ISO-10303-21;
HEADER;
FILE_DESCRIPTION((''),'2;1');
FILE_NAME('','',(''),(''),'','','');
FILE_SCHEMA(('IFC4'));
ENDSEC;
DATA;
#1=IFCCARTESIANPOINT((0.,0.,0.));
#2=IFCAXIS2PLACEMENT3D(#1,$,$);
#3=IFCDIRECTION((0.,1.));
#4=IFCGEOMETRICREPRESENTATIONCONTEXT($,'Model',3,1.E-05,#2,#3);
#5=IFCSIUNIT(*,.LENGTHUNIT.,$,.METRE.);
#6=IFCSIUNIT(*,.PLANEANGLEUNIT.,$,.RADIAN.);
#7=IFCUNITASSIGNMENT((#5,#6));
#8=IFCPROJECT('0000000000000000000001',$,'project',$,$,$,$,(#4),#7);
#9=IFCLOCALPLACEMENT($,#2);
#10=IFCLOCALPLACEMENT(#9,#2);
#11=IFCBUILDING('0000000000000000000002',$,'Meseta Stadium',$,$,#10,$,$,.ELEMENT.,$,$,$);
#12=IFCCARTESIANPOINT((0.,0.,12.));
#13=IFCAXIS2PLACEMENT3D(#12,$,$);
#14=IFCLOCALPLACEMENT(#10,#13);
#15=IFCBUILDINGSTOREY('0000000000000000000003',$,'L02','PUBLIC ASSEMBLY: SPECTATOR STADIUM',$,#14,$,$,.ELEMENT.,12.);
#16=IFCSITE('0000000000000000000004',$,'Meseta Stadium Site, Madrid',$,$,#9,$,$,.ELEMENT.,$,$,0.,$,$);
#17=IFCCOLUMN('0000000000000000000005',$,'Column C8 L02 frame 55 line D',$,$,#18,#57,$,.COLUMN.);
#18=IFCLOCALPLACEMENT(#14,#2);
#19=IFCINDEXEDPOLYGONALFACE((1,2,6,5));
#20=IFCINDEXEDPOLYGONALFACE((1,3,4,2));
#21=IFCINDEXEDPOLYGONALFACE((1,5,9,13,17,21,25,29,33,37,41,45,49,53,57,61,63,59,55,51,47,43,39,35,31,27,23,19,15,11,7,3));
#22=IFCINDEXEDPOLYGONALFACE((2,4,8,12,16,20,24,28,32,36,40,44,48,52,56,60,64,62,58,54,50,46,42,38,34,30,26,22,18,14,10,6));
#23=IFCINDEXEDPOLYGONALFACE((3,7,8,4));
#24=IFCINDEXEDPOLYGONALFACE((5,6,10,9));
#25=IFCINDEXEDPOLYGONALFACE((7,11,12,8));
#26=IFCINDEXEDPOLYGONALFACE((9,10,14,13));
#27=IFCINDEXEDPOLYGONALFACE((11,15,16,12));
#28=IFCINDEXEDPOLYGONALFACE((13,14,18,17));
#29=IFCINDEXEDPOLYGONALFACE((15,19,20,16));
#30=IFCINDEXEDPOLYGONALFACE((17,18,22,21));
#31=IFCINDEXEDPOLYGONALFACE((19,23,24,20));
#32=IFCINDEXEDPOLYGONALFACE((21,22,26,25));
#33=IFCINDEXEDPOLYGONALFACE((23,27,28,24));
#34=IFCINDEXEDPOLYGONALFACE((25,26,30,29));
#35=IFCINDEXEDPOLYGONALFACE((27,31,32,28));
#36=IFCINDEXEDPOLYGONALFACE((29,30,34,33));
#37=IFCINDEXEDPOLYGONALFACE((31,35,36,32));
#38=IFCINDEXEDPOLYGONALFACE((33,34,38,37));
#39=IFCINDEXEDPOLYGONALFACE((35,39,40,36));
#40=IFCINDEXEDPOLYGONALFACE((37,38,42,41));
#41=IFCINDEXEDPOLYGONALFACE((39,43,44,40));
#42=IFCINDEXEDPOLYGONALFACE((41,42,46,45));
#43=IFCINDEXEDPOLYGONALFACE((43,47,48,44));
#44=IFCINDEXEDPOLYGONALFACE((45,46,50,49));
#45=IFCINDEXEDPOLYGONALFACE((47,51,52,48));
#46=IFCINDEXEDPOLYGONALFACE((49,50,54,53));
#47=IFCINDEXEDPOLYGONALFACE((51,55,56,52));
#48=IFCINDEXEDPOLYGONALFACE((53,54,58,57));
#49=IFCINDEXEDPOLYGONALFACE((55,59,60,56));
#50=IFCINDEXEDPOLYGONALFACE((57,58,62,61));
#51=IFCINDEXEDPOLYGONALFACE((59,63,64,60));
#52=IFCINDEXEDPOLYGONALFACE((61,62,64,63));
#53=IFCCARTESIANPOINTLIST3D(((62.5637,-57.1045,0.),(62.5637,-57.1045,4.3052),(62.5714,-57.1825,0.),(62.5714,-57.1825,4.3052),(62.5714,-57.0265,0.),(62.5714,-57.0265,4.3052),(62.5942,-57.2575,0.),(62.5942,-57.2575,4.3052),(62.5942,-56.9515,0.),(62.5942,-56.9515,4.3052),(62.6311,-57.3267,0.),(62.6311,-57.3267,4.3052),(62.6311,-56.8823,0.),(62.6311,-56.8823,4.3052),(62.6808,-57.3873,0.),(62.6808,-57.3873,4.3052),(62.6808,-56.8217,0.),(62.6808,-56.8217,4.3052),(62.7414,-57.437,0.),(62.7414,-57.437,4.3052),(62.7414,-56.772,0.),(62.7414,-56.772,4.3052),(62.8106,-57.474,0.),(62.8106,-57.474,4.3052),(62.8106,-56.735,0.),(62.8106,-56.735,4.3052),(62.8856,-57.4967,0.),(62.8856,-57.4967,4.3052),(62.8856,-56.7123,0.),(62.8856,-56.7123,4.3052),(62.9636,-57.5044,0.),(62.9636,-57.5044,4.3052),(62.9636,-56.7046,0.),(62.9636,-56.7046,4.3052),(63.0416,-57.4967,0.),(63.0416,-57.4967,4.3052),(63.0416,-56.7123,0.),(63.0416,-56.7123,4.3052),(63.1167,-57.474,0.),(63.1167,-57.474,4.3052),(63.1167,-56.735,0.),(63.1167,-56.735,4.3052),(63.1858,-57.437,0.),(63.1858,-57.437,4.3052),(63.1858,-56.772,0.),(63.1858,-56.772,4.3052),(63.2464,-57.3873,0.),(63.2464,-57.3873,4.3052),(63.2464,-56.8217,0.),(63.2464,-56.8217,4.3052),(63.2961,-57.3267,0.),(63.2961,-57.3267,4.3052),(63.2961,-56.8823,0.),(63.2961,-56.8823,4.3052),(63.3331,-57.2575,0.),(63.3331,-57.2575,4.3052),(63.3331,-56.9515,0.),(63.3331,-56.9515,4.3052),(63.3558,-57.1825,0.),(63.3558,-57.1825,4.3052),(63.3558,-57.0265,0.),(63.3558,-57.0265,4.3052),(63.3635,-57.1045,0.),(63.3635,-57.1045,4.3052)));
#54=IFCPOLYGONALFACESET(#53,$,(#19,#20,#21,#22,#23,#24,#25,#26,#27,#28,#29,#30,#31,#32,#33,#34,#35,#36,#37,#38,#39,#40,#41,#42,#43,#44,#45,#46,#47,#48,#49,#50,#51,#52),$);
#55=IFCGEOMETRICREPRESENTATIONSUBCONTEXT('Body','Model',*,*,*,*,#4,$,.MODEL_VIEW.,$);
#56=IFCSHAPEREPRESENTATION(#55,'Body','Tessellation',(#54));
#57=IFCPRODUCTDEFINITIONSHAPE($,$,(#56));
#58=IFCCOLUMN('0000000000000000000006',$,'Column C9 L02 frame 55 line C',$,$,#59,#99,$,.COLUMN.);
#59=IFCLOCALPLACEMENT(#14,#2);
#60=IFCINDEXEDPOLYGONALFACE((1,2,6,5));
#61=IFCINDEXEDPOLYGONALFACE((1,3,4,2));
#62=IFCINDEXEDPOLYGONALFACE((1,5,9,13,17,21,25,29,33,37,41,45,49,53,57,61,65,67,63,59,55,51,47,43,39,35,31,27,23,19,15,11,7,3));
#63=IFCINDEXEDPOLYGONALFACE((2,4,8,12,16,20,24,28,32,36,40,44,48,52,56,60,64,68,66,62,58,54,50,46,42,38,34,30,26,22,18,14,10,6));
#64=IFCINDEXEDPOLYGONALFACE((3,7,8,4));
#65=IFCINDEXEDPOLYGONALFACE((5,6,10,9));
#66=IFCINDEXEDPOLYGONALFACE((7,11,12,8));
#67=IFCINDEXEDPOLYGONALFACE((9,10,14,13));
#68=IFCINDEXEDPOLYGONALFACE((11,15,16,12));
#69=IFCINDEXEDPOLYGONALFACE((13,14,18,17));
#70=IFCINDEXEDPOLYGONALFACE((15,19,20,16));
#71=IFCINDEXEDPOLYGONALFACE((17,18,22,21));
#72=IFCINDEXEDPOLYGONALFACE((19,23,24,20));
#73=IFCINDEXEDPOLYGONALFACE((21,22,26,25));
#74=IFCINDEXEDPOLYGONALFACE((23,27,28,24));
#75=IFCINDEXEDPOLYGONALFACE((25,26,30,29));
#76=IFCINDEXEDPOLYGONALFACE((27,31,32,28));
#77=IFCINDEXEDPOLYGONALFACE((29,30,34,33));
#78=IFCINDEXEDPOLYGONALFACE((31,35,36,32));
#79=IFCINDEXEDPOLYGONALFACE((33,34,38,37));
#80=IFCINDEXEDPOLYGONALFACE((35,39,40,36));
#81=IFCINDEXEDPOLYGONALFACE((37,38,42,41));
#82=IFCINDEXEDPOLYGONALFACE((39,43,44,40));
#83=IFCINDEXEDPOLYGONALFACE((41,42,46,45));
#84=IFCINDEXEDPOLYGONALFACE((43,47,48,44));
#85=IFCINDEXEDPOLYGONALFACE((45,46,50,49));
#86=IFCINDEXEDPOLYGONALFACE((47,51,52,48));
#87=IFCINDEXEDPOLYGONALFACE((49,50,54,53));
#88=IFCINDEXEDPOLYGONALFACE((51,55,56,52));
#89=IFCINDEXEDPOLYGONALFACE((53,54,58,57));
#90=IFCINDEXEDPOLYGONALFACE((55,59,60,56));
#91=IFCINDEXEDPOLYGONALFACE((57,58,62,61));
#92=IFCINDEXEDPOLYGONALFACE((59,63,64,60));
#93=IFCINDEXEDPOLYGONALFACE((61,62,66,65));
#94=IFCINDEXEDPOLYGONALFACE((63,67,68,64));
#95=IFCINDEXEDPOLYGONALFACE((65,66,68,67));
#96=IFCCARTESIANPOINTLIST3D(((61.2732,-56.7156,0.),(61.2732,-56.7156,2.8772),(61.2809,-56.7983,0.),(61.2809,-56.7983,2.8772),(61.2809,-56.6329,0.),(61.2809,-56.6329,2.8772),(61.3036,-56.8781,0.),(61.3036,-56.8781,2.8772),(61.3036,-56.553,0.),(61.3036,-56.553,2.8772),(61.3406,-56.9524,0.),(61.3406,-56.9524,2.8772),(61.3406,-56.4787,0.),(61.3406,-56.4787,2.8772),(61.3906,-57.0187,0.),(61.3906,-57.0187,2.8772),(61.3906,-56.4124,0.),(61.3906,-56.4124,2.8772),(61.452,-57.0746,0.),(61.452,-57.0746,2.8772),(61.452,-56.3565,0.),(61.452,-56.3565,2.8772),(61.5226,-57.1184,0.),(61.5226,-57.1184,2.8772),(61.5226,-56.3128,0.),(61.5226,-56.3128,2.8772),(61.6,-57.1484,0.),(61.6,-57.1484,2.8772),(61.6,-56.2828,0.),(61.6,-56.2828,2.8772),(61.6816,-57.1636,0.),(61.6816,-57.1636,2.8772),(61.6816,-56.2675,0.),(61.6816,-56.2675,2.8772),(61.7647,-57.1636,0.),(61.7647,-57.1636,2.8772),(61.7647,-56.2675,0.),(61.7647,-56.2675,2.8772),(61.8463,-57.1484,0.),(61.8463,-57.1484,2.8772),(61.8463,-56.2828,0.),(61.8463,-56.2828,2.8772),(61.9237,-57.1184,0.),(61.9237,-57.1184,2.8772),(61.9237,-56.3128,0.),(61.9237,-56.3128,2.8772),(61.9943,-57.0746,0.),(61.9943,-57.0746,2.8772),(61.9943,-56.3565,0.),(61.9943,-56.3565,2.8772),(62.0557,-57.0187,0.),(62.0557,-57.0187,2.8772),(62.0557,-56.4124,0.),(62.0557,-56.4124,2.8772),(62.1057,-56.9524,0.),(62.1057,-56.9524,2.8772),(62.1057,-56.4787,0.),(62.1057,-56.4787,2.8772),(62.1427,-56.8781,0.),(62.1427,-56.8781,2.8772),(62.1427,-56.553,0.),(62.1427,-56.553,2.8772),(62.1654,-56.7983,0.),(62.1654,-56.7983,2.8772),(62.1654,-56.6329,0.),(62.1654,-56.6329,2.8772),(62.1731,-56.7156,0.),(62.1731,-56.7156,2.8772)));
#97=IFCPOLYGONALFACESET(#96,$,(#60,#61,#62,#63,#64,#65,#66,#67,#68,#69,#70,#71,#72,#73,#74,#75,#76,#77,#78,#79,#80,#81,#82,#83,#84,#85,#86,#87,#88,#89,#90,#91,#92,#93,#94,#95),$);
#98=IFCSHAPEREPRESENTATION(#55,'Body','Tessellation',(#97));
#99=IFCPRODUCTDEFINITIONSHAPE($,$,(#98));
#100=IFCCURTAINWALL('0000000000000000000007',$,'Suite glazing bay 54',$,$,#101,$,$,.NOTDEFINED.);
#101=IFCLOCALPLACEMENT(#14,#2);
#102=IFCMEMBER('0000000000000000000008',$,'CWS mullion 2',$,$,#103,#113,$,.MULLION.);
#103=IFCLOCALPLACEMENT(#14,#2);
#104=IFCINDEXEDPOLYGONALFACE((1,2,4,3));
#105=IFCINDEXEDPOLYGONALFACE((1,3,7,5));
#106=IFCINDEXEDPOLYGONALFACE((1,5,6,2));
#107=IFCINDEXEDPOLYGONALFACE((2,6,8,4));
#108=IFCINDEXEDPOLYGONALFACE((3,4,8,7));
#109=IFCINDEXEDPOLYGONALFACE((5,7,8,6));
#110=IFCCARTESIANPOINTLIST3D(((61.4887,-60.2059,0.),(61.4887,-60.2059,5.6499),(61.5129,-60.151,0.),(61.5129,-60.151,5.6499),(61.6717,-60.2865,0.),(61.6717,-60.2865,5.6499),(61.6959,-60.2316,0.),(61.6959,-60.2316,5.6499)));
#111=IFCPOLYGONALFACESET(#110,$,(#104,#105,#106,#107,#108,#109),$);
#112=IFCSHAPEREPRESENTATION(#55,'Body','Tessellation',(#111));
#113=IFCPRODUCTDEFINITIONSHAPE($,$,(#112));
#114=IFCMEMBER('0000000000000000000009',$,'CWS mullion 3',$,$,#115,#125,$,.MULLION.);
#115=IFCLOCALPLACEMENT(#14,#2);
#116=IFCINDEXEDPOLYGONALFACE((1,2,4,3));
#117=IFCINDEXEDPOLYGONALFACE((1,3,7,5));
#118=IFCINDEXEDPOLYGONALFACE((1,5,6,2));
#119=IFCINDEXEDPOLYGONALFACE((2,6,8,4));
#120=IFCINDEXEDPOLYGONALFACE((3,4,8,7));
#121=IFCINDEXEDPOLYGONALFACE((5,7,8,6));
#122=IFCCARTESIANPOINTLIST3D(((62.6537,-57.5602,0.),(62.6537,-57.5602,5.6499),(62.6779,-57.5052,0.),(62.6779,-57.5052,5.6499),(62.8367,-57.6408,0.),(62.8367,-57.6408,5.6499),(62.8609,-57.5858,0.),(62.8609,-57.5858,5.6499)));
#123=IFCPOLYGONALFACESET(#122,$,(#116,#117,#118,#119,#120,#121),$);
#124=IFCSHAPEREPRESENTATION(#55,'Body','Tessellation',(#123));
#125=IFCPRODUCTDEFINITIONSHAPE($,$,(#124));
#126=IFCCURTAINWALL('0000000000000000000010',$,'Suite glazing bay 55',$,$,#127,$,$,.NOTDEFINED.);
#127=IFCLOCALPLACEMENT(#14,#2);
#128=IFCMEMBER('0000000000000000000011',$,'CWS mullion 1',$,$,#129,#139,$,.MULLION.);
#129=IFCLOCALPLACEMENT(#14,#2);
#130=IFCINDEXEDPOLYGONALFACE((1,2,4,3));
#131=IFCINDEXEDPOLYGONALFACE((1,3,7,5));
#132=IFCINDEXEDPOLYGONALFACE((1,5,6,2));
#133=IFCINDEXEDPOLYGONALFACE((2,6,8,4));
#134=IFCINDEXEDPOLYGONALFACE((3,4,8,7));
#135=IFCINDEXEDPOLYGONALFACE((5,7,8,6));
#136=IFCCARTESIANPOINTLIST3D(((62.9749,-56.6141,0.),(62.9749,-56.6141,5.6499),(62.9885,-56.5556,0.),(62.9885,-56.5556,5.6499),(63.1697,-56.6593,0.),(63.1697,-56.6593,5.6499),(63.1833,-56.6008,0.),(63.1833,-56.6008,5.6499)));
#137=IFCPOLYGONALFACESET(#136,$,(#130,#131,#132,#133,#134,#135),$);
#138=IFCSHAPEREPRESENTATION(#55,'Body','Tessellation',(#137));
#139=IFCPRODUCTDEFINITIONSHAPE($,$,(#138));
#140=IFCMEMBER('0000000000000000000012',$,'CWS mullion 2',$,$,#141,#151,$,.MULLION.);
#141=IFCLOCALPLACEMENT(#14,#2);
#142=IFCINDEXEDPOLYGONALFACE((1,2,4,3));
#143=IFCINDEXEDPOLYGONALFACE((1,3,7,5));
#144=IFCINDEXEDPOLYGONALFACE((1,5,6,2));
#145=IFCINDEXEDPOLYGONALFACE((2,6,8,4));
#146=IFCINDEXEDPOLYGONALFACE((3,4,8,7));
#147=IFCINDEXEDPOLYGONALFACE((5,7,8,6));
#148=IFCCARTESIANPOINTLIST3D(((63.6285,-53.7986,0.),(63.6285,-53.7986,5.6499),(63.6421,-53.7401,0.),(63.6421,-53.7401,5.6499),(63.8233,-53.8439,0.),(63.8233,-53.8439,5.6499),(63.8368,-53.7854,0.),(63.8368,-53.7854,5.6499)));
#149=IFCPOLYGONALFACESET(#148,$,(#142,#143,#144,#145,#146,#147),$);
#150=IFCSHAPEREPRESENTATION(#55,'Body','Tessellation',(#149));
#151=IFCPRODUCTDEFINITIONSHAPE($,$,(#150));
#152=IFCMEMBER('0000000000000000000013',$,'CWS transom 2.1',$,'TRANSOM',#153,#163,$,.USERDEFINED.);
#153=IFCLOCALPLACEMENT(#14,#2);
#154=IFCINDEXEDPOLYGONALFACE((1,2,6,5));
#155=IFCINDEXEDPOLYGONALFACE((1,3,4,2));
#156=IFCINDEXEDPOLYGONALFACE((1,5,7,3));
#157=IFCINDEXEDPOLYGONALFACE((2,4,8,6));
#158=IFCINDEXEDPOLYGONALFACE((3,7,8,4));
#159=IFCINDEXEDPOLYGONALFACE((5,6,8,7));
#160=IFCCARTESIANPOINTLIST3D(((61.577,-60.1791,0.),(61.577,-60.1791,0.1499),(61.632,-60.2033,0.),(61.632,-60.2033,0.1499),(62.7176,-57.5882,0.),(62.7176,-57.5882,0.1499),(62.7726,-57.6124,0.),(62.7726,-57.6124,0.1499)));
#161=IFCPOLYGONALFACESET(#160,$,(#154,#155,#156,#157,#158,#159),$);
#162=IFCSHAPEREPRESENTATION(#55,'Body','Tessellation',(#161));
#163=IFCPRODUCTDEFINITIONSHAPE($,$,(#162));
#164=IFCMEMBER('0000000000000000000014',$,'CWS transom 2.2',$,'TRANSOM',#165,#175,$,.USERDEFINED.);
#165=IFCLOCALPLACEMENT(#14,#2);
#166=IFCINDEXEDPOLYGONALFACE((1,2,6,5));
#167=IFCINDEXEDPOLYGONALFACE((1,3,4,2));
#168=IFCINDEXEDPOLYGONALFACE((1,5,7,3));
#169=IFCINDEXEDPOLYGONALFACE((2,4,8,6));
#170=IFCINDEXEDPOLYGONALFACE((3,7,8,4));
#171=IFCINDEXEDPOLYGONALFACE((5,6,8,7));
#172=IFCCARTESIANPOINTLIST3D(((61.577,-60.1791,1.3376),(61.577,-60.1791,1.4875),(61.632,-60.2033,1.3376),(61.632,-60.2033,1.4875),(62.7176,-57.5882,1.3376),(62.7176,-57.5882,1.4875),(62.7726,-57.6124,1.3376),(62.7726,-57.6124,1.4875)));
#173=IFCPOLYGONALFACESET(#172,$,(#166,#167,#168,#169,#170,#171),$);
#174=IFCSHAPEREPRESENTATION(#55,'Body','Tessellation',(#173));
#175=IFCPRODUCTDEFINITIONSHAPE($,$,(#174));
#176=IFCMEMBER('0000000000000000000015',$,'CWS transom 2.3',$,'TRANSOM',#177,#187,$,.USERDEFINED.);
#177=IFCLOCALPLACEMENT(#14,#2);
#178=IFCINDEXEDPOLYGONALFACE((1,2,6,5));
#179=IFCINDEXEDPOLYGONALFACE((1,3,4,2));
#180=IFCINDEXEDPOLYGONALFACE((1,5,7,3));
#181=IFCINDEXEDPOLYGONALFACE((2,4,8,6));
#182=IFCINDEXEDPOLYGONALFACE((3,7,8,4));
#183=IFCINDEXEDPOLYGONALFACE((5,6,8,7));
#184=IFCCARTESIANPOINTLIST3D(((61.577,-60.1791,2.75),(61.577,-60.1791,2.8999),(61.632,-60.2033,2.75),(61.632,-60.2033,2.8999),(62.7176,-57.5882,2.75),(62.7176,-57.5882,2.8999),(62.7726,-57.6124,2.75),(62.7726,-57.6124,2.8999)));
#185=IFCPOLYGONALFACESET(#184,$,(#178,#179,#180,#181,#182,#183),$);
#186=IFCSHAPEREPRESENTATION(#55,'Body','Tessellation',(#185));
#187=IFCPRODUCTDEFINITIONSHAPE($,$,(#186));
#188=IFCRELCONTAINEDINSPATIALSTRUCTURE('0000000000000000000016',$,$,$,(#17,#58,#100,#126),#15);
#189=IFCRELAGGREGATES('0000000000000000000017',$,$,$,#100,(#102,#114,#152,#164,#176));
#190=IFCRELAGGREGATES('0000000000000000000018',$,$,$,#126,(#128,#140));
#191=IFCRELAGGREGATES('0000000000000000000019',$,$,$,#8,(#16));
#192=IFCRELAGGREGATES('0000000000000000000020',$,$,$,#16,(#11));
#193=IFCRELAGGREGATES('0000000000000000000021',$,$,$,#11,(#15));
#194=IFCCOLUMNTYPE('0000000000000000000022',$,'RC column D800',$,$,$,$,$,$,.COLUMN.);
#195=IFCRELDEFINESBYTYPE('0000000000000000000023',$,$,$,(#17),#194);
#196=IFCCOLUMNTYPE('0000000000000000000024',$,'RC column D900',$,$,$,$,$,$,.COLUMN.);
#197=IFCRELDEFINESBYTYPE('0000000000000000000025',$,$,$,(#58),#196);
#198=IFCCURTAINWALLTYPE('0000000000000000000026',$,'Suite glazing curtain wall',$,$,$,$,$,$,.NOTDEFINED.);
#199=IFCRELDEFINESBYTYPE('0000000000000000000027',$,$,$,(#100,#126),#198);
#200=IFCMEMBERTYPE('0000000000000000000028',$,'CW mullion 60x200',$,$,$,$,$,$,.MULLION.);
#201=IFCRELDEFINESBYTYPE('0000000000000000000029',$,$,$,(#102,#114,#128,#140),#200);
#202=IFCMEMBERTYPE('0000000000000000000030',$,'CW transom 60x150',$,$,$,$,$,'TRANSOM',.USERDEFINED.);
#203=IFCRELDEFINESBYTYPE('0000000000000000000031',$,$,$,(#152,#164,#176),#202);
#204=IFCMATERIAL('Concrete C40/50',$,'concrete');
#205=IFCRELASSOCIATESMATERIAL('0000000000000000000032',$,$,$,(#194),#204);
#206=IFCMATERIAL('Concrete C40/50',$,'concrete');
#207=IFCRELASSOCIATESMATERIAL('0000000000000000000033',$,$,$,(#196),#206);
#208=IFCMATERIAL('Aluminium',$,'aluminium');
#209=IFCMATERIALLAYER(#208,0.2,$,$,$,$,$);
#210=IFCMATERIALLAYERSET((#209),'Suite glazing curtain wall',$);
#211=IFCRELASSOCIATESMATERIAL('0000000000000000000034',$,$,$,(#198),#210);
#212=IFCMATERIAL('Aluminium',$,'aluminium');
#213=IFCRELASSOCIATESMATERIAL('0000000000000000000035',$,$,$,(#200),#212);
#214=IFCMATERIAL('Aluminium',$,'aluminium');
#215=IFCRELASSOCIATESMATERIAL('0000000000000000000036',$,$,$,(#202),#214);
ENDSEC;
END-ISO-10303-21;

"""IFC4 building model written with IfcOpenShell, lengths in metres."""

from ifc_helpers import new_model, si_unit, direction, frame, origin, origin_2d, place, context, subcontext, project, spatial, rectangle, circle, extrude, material, layer, layer_set, material_profile, profile_set, type_object, element, aggregate, save


model = new_model("IFC4")

# Units and contexts
model_context = context("Model", 3, precision=1e-05, world=origin(), true_north=direction((0.0, 1.0)))
body_context = subcontext(model_context, "Body", "Model", "MODEL_VIEW")
ifc_project = project(units=[si_unit("LENGTHUNIT", "METRE"), si_unit("PLANEANGLEUNIT", "RADIAN")], contexts=[model_context])

# Site, building, storey
site_placement = place(None, origin())
site = spatial("IfcSite", under=ifc_project, at=site_placement, Name="Meseta Stadium Site, Madrid", CompositionType="ELEMENT", RefElevation=0.0)
building_placement = place(site_placement, origin())
building = spatial("IfcBuilding", under=site, at=building_placement, Name="Meseta Stadium", CompositionType="ELEMENT")
storey_placement = place(building_placement, frame((0.0, 0.0, 12.0)))
storey = spatial("IfcBuildingStorey", under=building, at=storey_placement, Name="L02", Description="PUBLIC ASSEMBLY: SPECTATOR STADIUM", CompositionType="ELEMENT", Elevation=12.0)

# Columns
ifc_material_1 = material(Name="Concrete C40/50", Category="concrete")
ifc_material_profile_1 = material_profile(ifc_material_1, circle(Radius=0.3999, at=origin_2d()), Name="RC D800")
ifc_profile_set_1 = profile_set([ifc_material_profile_1], Name="Concrete C40/50")
column_type_1 = type_object("IfcColumnType", Name="RC column D800", PredefinedType="COLUMN", material=ifc_profile_set_1)
column_1_placement = place(storey_placement, frame((62.9636, -57.1045, 0.0), z_axis=(0.0, 0.0, 1.0), x_axis=(1.0, 0.0, 0.0)))
element("IfcColumn", 1, at=column_1_placement, inside=storey, type_object=column_type_1, Name="Column C8 L02 frame 55 line D", PredefinedType="COLUMN", context=body_context, shape_type="SweptSolid", body=[
    extrude(circle(Radius=0.3999, at=origin_2d()), origin(), (0.0, 0.0, 1.0), 4.3052),
])
ifc_material_2 = material(Name="Concrete C40/50", Category="concrete")
ifc_material_profile_2 = material_profile(ifc_material_2, circle(Radius=0.45, at=origin_2d()), Name="RC D900")
ifc_profile_set_2 = profile_set([ifc_material_profile_2], Name="Concrete C40/50")
column_type_2 = type_object("IfcColumnType", Name="RC column D900", PredefinedType="COLUMN", material=ifc_profile_set_2)
column_2_placement = place(storey_placement, frame((61.7231, -56.7156, 0.0), z_axis=(0.0, 0.0, 1.0), x_axis=(1.0, 0.0, 0.0)))
element("IfcColumn", 2, at=column_2_placement, inside=storey, type_object=column_type_2, Name="Column C9 L02 frame 55 line C", PredefinedType="COLUMN", context=body_context, shape_type="SweptSolid", body=[
    extrude(circle(Radius=0.45, at=origin_2d()), origin(), (0.0, 0.0, 1.0), 2.8772),
])

# Curtain walls, members
ifc_material_3 = material(Name="Aluminium", Category="aluminium")
ifc_layer_1 = layer(ifc_material_3, 0.2)
ifc_layer_set_1 = layer_set([ifc_layer_1], Name="Suite glazing curtain wall")
curtain_wall_type = type_object("IfcCurtainWallType", Name="Suite glazing curtain wall", PredefinedType="NOTDEFINED", material=ifc_layer_set_1)
curtain_wall_1_placement = place(storey_placement, origin())
curtain_wall_1 = element("IfcCurtainWall", 3, at=curtain_wall_1_placement, inside=storey, type_object=curtain_wall_type, Name="Suite glazing bay 54", PredefinedType="NOTDEFINED")
ifc_material_4 = material(Name="Aluminium", Category="aluminium")
ifc_material_profile_3 = material_profile(ifc_material_4, rectangle(XDim=0.2, YDim=0.0601, at=origin_2d()), Name="CW 200x60")
ifc_profile_set_3 = profile_set([ifc_material_profile_3], Name="Aluminium")
member_type_1 = type_object("IfcMemberType", Name="CW mullion 60x200", PredefinedType="MULLION", material=ifc_profile_set_3)
member_1_placement = place(storey_placement, frame((61.5923, -60.2188, 0.0), z_axis=(0.0, 0.0, 1.0), x_axis=(-0.915207, 0.402983, 0.0)))
member_1 = element("IfcMember", 4, at=member_1_placement, type_object=member_type_1, Name="CWS mullion 2", PredefinedType="MULLION", context=body_context, shape_type="SweptSolid", body=[
    extrude(rectangle(XDim=0.2, YDim=0.0601, at=origin_2d()), origin(), (0.0, 0.0, 1.0), 5.6499),
])
member_2_placement = place(storey_placement, frame((62.7573, -57.573, 0.0), z_axis=(0.0, 0.0, 1.0), x_axis=(-0.915207, 0.402983, 0.0)))
member_2 = element("IfcMember", 5, at=member_2_placement, type_object=member_type_1, Name="CWS mullion 3", PredefinedType="MULLION", context=body_context, shape_type="SweptSolid", body=[
    extrude(rectangle(XDim=0.2, YDim=0.0601, at=origin_2d()), origin(), (0.0, 0.0, 1.0), 5.6499),
])
curtain_wall_2_placement = place(storey_placement, origin())
curtain_wall_2 = element("IfcCurtainWall", 6, at=curtain_wall_2_placement, inside=storey, type_object=curtain_wall_type, Name="Suite glazing bay 55", PredefinedType="NOTDEFINED")
member_3_placement = place(storey_placement, frame((63.0791, -56.6074, 0.0), z_axis=(0.0, 0.0, 1.0), x_axis=(-0.974093, 0.226148, 0.0)))
member_3 = element("IfcMember", 7, at=member_3_placement, type_object=member_type_1, Name="CWS mullion 1", PredefinedType="MULLION", context=body_context, shape_type="SweptSolid", body=[
    extrude(rectangle(XDim=0.2, YDim=0.0601, at=origin_2d()), origin(), (0.0, 0.0, 1.0), 5.6499),
])
member_4_placement = place(storey_placement, frame((63.7327, -53.792, 0.0), z_axis=(0.0, 0.0, 1.0), x_axis=(-0.974093, 0.226148, 0.0)))
member_4 = element("IfcMember", 8, at=member_4_placement, type_object=member_type_1, Name="CWS mullion 2", PredefinedType="MULLION", context=body_context, shape_type="SweptSolid", body=[
    extrude(rectangle(XDim=0.2, YDim=0.0601, at=origin_2d()), origin(), (0.0, 0.0, 1.0), 5.6499),
])

# Members
ifc_material_5 = material(Name="Aluminium", Category="aluminium")
ifc_material_profile_4 = material_profile(ifc_material_5, rectangle(XDim=0.0601, YDim=0.1499, at=origin_2d()), Name="CW 60x150")
ifc_profile_set_4 = profile_set([ifc_material_profile_4], Name="Aluminium")
member_type_2 = type_object("IfcMemberType", Name="CW transom 60x150", ElementType="TRANSOM", PredefinedType="USERDEFINED", material=ifc_profile_set_4)
member_5_placement = place(storey_placement, frame((61.6045, -60.1912, 0.075), z_axis=(0.402935, 0.915229, 0.0), x_axis=(-0.915229, 0.402935, 0.0)))
member_5 = element("IfcMember", 9, at=member_5_placement, type_object=member_type_2, Name="CWS transom 2.1", ObjectType="TRANSOM", PredefinedType="USERDEFINED", context=body_context, shape_type="SweptSolid", body=[
    extrude(rectangle(XDim=0.0601, YDim=0.1499, at=origin_2d()), origin(), (0.0, 0.0, 1.0), 2.8308),
])
member_6_placement = place(storey_placement, frame((61.6045, -60.1912, 1.4126), z_axis=(0.402935, 0.915229, 0.0), x_axis=(-0.915229, 0.402935, 0.0)))
member_6 = element("IfcMember", 10, at=member_6_placement, type_object=member_type_2, Name="CWS transom 2.2", ObjectType="TRANSOM", PredefinedType="USERDEFINED", context=body_context, shape_type="SweptSolid", body=[
    extrude(rectangle(XDim=0.0601, YDim=0.1499, at=origin_2d()), origin(), (0.0, 0.0, 1.0), 2.8308),
])
member_7_placement = place(storey_placement, frame((61.6045, -60.1912, 2.825), z_axis=(0.402935, 0.915229, 0.0), x_axis=(-0.915229, 0.402935, 0.0)))
member_7 = element("IfcMember", 11, at=member_7_placement, type_object=member_type_2, Name="CWS transom 2.3", ObjectType="TRANSOM", PredefinedType="USERDEFINED", context=body_context, shape_type="SweptSolid", body=[
    extrude(rectangle(XDim=0.0601, YDim=0.1499, at=origin_2d()), origin(), (0.0, 0.0, 1.0), 2.8308),
])

aggregate(curtain_wall_1, [member_1, member_2, member_5, member_6, member_7])
aggregate(curtain_wall_2, [member_3, member_4])

save(model, "model.ifc")
